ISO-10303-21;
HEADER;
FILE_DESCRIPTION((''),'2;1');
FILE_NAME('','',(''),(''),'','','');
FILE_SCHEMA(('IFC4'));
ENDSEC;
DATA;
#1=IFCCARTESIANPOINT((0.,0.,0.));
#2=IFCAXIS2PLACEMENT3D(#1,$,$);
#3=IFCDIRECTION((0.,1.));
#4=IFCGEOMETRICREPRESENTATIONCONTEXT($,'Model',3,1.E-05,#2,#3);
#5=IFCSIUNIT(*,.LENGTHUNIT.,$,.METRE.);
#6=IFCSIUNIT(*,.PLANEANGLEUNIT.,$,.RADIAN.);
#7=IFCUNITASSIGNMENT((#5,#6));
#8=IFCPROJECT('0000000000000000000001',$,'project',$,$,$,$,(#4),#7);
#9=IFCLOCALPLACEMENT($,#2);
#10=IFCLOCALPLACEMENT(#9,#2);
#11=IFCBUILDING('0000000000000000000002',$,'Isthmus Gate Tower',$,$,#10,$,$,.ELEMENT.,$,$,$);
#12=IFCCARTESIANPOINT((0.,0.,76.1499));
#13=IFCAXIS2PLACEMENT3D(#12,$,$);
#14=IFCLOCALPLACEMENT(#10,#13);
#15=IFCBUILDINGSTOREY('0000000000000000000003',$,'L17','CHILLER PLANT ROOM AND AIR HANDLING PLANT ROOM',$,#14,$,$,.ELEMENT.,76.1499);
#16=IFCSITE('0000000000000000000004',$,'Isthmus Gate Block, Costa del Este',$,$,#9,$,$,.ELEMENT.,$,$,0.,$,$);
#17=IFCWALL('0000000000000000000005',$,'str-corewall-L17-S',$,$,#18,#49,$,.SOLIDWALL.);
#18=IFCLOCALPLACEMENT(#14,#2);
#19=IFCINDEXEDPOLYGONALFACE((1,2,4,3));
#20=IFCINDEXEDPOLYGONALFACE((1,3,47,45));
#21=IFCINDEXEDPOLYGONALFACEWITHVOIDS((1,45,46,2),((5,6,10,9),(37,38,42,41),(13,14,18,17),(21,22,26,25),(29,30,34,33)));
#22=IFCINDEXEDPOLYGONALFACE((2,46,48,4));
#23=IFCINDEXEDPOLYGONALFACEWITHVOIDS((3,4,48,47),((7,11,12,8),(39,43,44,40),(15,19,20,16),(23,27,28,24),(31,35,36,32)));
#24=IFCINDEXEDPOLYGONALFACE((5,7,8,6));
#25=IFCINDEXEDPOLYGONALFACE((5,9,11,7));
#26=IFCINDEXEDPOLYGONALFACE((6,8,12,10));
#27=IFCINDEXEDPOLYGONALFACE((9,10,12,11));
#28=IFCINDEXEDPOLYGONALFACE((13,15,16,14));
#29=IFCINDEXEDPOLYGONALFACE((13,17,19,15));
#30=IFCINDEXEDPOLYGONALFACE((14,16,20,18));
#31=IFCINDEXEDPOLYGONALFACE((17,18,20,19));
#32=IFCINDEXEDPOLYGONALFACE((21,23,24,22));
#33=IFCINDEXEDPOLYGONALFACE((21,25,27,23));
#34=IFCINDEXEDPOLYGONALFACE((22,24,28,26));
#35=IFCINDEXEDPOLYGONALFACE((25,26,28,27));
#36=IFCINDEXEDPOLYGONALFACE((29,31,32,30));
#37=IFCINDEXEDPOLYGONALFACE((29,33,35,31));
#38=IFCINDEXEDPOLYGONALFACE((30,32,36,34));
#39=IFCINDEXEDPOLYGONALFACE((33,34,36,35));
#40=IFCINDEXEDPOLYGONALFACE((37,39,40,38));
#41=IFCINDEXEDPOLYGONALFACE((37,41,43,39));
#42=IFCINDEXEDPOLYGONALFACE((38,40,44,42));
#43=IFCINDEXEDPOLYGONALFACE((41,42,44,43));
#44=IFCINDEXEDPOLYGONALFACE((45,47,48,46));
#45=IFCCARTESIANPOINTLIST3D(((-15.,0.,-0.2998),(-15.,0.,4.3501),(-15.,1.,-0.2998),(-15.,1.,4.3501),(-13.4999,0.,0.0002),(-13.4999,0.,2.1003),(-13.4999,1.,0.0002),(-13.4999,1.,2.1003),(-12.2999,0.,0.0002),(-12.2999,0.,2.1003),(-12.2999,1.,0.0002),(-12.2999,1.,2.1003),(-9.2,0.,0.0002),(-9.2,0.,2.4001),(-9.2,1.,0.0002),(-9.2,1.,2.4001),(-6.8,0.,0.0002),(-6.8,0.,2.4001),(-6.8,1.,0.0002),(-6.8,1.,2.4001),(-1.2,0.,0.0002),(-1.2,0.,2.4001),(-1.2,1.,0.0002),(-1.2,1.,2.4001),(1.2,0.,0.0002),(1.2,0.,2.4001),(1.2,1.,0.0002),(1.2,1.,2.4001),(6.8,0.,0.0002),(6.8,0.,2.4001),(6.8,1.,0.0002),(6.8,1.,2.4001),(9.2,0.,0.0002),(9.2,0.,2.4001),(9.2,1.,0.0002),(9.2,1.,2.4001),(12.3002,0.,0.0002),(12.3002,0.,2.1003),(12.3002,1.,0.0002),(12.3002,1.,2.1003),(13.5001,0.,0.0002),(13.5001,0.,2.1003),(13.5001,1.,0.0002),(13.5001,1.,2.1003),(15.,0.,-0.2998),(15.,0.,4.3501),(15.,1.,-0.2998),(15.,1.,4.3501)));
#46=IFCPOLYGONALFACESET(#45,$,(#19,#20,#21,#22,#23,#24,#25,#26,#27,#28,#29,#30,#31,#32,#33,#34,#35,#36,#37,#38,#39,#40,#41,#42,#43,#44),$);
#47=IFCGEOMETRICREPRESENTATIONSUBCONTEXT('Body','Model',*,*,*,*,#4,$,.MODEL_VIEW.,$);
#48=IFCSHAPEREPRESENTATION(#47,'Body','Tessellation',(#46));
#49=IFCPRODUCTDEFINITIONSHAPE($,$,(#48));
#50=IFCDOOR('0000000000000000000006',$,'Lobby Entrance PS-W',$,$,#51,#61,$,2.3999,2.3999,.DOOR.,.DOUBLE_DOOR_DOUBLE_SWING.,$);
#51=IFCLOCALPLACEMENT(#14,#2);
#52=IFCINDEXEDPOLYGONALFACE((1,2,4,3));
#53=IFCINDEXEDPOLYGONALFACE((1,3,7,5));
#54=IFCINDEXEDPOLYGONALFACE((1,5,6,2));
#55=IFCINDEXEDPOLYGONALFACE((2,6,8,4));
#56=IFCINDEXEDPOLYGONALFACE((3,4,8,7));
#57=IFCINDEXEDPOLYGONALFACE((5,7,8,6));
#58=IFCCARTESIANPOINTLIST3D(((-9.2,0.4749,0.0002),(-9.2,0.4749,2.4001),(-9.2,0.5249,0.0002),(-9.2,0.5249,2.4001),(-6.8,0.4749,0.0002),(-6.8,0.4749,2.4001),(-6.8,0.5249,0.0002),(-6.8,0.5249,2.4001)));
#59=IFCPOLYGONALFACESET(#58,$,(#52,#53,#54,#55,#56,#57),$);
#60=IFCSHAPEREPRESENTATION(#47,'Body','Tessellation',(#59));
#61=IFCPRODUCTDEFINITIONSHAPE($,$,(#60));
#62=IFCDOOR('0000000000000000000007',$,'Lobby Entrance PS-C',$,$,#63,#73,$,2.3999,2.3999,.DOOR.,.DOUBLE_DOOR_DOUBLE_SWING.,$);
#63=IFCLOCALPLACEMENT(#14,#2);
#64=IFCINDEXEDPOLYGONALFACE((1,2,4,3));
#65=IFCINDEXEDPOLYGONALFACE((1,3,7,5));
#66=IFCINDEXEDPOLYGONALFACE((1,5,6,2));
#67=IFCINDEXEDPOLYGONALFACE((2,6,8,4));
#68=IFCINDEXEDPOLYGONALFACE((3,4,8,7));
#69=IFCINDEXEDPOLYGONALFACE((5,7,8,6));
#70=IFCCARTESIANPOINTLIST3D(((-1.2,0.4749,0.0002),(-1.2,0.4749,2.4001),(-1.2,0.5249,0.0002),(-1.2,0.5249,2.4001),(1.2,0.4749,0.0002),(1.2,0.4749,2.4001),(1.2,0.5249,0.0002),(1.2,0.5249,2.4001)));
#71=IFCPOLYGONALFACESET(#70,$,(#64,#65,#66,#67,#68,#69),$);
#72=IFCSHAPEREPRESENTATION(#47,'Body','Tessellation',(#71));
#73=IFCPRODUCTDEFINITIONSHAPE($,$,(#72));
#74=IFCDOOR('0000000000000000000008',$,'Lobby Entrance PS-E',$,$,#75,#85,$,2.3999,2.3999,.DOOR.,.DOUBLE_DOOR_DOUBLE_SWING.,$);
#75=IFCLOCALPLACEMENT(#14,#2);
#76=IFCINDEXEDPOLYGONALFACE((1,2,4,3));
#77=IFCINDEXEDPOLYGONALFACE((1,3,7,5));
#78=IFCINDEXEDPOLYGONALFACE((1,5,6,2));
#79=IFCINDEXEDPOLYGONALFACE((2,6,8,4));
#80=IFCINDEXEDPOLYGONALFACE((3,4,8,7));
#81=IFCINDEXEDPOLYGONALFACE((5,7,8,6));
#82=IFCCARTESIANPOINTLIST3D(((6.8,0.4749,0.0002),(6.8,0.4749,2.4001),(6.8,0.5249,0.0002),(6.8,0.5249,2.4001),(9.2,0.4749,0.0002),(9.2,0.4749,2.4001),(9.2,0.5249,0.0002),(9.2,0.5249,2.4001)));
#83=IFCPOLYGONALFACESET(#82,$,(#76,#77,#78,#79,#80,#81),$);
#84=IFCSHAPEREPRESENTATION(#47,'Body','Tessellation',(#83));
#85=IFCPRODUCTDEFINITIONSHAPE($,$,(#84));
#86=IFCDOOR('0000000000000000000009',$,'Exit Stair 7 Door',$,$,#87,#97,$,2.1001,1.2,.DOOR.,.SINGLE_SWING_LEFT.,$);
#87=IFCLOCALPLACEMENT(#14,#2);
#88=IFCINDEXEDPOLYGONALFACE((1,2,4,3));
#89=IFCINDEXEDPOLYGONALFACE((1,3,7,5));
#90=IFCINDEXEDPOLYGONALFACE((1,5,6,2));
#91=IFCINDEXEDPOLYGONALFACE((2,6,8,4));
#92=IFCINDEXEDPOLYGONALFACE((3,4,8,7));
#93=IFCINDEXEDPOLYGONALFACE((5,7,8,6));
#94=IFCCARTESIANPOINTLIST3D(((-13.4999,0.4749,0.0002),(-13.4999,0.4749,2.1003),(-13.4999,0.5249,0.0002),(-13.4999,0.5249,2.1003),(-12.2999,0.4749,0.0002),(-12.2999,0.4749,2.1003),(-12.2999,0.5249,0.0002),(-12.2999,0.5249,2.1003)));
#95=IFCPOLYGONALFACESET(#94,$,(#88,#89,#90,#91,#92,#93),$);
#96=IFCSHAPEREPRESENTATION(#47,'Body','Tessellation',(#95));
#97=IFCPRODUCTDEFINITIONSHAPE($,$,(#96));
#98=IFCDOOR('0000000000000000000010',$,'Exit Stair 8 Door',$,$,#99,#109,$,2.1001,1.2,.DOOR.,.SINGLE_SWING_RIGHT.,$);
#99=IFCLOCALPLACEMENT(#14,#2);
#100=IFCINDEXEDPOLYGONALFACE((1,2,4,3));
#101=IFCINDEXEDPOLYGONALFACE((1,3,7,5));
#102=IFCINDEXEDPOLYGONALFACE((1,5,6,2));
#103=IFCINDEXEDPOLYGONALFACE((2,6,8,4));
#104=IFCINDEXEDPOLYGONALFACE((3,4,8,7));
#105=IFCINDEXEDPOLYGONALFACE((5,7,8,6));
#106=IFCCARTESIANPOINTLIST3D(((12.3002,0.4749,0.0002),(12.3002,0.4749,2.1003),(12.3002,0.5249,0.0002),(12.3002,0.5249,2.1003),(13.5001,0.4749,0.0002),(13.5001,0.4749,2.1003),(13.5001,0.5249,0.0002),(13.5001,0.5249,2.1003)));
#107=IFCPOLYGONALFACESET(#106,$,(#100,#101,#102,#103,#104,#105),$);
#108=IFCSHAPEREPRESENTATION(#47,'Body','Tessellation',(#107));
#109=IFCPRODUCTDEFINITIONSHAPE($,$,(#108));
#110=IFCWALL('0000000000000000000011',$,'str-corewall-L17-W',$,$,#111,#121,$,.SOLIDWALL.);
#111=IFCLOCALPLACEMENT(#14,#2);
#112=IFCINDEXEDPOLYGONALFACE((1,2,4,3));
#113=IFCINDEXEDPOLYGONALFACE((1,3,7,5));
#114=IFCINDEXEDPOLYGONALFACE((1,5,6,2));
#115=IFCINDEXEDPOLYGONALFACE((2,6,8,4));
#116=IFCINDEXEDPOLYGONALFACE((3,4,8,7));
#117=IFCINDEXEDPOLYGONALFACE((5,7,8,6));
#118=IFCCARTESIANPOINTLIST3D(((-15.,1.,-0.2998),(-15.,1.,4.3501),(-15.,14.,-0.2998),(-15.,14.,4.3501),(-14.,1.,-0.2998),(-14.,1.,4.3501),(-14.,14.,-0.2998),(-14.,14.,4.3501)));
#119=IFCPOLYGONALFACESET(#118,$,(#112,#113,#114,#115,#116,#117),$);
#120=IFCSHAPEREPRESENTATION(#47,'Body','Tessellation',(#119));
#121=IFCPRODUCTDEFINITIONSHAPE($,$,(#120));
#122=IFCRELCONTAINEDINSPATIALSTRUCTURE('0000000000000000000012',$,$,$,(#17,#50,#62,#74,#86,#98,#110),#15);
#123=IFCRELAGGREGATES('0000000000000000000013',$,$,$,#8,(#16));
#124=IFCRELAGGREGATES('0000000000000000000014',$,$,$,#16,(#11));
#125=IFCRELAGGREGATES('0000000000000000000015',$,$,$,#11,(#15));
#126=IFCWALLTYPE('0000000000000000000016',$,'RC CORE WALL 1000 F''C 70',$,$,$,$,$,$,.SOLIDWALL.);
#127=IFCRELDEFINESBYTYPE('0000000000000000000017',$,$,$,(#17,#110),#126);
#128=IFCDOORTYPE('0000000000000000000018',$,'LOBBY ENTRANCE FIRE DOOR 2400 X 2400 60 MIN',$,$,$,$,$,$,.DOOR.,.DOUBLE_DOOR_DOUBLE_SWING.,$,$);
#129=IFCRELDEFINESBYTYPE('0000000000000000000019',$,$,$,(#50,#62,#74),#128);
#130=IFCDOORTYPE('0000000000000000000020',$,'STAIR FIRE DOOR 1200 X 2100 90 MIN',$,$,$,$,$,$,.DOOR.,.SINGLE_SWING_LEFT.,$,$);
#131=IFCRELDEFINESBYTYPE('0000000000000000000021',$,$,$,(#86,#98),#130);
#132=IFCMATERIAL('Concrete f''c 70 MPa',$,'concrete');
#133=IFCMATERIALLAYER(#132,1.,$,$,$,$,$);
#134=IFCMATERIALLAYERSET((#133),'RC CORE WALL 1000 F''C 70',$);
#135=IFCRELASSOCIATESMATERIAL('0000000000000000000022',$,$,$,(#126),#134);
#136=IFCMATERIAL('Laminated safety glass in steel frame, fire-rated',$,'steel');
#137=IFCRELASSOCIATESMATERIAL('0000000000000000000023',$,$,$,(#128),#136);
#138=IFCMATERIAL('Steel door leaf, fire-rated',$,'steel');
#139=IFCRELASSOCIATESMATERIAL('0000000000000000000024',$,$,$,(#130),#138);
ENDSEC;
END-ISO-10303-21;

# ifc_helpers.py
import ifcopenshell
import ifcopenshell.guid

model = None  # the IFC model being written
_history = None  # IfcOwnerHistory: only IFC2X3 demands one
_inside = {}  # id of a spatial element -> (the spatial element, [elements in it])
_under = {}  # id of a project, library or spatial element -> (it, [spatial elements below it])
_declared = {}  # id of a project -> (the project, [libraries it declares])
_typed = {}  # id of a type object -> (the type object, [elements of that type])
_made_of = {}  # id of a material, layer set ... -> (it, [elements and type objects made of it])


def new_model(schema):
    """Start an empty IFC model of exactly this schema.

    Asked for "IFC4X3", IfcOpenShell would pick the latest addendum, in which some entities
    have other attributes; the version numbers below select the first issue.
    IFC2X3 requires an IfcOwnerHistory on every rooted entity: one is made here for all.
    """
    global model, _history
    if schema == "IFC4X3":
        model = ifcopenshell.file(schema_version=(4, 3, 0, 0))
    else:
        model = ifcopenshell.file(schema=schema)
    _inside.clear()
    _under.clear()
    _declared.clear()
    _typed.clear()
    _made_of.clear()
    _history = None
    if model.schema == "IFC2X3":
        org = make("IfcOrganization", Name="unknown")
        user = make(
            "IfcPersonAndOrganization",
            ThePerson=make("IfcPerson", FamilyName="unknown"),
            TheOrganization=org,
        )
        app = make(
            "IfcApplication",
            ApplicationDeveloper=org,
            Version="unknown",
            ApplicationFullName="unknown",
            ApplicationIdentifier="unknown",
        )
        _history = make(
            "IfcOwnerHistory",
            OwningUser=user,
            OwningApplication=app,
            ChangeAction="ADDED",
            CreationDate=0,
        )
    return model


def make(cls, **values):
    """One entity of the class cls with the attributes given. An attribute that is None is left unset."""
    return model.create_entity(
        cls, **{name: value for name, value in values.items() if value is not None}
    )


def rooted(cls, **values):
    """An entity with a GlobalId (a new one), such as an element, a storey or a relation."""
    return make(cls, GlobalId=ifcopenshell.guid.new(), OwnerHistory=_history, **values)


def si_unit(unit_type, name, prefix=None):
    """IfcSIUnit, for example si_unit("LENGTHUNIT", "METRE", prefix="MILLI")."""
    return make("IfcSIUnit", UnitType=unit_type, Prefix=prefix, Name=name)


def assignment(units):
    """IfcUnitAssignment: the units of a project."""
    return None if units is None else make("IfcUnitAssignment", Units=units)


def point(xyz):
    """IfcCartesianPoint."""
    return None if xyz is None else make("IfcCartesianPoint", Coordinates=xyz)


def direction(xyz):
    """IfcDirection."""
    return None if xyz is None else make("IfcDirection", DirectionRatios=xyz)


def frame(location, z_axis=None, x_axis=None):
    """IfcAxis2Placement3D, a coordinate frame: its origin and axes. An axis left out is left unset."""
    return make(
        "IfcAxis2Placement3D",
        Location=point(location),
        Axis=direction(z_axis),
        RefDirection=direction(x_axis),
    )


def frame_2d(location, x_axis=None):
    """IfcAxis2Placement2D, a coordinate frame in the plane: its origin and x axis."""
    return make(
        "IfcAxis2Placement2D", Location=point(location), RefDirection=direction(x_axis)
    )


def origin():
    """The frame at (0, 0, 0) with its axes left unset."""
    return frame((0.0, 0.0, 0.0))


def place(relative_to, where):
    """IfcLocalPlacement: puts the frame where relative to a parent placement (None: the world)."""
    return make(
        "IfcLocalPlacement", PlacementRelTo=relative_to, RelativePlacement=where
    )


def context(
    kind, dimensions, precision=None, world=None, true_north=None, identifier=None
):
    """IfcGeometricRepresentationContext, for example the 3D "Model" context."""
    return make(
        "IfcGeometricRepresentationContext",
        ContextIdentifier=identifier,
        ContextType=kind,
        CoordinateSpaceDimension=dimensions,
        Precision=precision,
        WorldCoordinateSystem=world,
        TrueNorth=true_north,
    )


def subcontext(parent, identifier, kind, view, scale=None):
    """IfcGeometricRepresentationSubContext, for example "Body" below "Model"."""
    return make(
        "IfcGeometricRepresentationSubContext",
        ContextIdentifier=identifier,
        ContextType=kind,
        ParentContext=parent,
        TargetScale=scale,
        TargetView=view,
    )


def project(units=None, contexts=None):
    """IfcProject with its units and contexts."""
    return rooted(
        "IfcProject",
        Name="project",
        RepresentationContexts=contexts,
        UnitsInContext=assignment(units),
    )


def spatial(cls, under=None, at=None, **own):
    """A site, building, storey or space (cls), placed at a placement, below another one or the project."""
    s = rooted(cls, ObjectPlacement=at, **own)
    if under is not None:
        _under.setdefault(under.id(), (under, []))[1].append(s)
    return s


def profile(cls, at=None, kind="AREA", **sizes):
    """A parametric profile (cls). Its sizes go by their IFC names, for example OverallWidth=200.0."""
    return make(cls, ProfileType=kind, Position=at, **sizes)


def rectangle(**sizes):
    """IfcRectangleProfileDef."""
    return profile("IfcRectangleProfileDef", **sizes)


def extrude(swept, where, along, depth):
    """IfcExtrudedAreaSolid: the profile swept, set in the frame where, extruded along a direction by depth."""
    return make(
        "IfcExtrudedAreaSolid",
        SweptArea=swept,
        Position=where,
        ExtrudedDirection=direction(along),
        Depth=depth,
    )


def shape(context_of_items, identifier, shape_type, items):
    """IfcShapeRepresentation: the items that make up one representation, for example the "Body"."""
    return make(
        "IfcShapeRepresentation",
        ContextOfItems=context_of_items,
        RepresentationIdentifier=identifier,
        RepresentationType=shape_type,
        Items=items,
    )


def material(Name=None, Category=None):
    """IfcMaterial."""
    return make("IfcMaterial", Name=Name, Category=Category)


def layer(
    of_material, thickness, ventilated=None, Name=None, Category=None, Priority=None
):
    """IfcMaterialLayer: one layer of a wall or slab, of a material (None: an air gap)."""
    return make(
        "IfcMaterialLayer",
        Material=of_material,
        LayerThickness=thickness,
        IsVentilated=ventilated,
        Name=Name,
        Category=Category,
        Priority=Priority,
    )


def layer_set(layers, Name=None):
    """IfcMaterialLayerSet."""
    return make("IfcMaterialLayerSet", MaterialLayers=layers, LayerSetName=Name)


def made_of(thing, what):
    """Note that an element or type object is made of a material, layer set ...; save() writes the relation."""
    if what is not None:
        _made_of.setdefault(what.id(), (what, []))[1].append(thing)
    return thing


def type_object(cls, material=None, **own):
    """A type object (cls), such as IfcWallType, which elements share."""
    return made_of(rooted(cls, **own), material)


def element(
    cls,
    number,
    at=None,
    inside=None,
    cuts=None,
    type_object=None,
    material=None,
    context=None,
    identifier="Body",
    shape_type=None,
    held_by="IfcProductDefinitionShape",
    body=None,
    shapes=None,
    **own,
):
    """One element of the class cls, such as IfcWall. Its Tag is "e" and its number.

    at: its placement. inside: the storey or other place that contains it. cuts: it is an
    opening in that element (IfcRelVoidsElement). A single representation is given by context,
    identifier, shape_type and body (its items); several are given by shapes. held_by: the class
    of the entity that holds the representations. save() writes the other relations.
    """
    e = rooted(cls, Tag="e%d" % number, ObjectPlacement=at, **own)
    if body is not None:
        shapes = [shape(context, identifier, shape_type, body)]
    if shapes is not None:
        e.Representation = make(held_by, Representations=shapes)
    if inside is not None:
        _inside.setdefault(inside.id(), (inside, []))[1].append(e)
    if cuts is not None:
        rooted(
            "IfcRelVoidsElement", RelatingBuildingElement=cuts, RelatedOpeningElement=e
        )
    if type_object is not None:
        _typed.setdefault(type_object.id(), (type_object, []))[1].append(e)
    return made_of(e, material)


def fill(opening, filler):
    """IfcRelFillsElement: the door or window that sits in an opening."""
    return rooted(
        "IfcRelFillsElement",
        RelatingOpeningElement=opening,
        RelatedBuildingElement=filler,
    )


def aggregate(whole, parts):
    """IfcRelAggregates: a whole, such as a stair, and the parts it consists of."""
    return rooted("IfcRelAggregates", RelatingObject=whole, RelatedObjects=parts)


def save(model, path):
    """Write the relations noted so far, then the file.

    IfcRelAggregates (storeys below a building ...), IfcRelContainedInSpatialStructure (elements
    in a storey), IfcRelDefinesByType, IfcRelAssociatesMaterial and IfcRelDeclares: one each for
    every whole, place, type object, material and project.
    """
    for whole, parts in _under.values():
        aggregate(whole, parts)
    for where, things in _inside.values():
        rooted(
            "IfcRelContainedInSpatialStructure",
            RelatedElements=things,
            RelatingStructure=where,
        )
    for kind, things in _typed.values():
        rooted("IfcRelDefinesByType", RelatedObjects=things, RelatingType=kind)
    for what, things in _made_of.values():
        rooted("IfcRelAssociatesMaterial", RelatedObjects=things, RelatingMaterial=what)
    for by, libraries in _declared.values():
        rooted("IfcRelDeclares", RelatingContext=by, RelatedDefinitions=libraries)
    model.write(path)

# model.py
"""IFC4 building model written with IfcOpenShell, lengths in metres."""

from ifc_helpers import new_model, si_unit, direction, frame, frame_2d, origin, place, context, subcontext, project, spatial, rectangle, extrude, material, layer, layer_set, type_object, element, fill, save


model = new_model("IFC4")

# Units and contexts
model_context = context("Model", 3, precision=1e-05, world=origin(), true_north=direction((0.0, 1.0)))
body_context = subcontext(model_context, "Body", "Model", "MODEL_VIEW")
ifc_project = project(units=[si_unit("LENGTHUNIT", "METRE"), si_unit("PLANEANGLEUNIT", "RADIAN")], contexts=[model_context])

# Site, building, storey
site_placement = place(None, origin())
site = spatial("IfcSite", under=ifc_project, at=site_placement, Name="Isthmus Gate Block, Costa del Este", CompositionType="ELEMENT", RefElevation=0.0)
building_placement = place(site_placement, origin())
building = spatial("IfcBuilding", under=site, at=building_placement, Name="Isthmus Gate Tower", CompositionType="ELEMENT")
storey_placement = place(building_placement, frame((0.0, 0.0, 76.1499)))
storey = spatial("IfcBuildingStorey", under=building, at=storey_placement, Name="L17", Description="CHILLER PLANT ROOM AND AIR HANDLING PLANT ROOM", CompositionType="ELEMENT", Elevation=76.1499)

# Wall, openings, doors
ifc_material_1 = material(Name="Concrete f'c 70 MPa", Category="concrete")
ifc_layer_1 = layer(ifc_material_1, 1.0)
ifc_layer_set_1 = layer_set([ifc_layer_1], Name="RC CORE WALL 1000 F'C 70")
wall_type_1 = type_object("IfcWallType", Name="RC CORE WALL 1000 F'C 70", PredefinedType="SOLIDWALL", material=ifc_layer_set_1)
wall_1_placement = place(storey_placement, frame((-15.0, 0.5, -0.2998), z_axis=(0.0, 0.0, 1.0), x_axis=(1.0, 0.0, 0.0)))
wall_1 = element("IfcWall", 1, at=wall_1_placement, inside=storey, type_object=wall_type_1, Name="str-corewall-L17-S", PredefinedType="SOLIDWALL", context=body_context, shape_type="SweptSolid", body=[
    extrude(rectangle(XDim=30.0, YDim=1.0, at=frame_2d((15.0, 0.0))), origin(), (0.0, 0.0, 1.0), 4.6499),
])
opening_1_placement = place(wall_1_placement, frame((5.8, 0.0, 0.3)))
opening_1 = element("IfcOpeningElement", 2, at=opening_1_placement, cuts=wall_1, PredefinedType="OPENING", context=body_context, shape_type="SweptSolid", body=[
    extrude(rectangle(XDim=2.3999, YDim=2.3999, at=frame_2d((1.2, 1.2))), frame((0.0, 0.51, 0.0), z_axis=(0.0, -1.0, 0.0), x_axis=(1.0, 0.0, 0.0)), (0.0, 0.0, 1.0), 1.02),
])
opening_2_placement = place(wall_1_placement, frame((13.8, 0.0, 0.3)))
opening_2 = element("IfcOpeningElement", 3, at=opening_2_placement, cuts=wall_1, PredefinedType="OPENING", context=body_context, shape_type="SweptSolid", body=[
    extrude(rectangle(XDim=2.3999, YDim=2.3999, at=frame_2d((1.2, 1.2))), frame((0.0, 0.51, 0.0), z_axis=(0.0, -1.0, 0.0), x_axis=(1.0, 0.0, 0.0)), (0.0, 0.0, 1.0), 1.02),
])
opening_3_placement = place(wall_1_placement, frame((21.8, 0.0, 0.3)))
opening_3 = element("IfcOpeningElement", 4, at=opening_3_placement, cuts=wall_1, PredefinedType="OPENING", context=body_context, shape_type="SweptSolid", body=[
    extrude(rectangle(XDim=2.3999, YDim=2.3999, at=frame_2d((1.2, 1.2))), frame((0.0, 0.51, 0.0), z_axis=(0.0, -1.0, 0.0), x_axis=(1.0, 0.0, 0.0)), (0.0, 0.0, 1.0), 1.02),
])
opening_4_placement = place(wall_1_placement, frame((1.5, 0.0, 0.3)))
opening_4 = element("IfcOpeningElement", 5, at=opening_4_placement, cuts=wall_1, PredefinedType="OPENING", context=body_context, shape_type="SweptSolid", body=[
    extrude(rectangle(XDim=1.2, YDim=2.1001, at=frame_2d((0.6001, 1.05))), frame((0.0, 0.51, 0.0), z_axis=(0.0, -1.0, 0.0), x_axis=(1.0, 0.0, 0.0)), (0.0, 0.0, 1.0), 1.02),
])
opening_5_placement = place(wall_1_placement, frame((27.3, 0.0, 0.3)))
opening_5 = element("IfcOpeningElement", 6, at=opening_5_placement, cuts=wall_1, PredefinedType="OPENING", context=body_context, shape_type="SweptSolid", body=[
    extrude(rectangle(XDim=1.2, YDim=2.1001, at=frame_2d((0.6001, 1.05))), frame((0.0, 0.51, 0.0), z_axis=(0.0, -1.0, 0.0), x_axis=(1.0, 0.0, 0.0)), (0.0, 0.0, 1.0), 1.02),
])
ifc_material_2 = material(Name="Laminated safety glass in steel frame, fire-rated", Category="steel")
door_type_1 = type_object("IfcDoorType", Name="LOBBY ENTRANCE FIRE DOOR 2400 X 2400 60 MIN", OperationType="DOUBLE_DOOR_DOUBLE_SWING", PredefinedType="DOOR", material=ifc_material_2)
door_1_placement = place(opening_1_placement, origin())
door_1 = element("IfcDoor", 7, at=door_1_placement, inside=storey, type_object=door_type_1, Name="Lobby Entrance PS-W", OperationType="DOUBLE_DOOR_DOUBLE_SWING", OverallHeight=2.3999, OverallWidth=2.3999, PredefinedType="DOOR", context=body_context, shape_type="SweptSolid", body=[
    extrude(rectangle(XDim=2.3999, YDim=2.3999, at=frame_2d((1.2, 1.2))), frame((0.0, 0.0249, 0.0), z_axis=(0.0, -1.0, 0.0), x_axis=(1.0, 0.0, 0.0)), (0.0, 0.0, 1.0), 0.05),
])
fill(opening_1, door_1)
door_2_placement = place(opening_2_placement, origin())
door_2 = element("IfcDoor", 8, at=door_2_placement, inside=storey, type_object=door_type_1, Name="Lobby Entrance PS-C", OperationType="DOUBLE_DOOR_DOUBLE_SWING", OverallHeight=2.3999, OverallWidth=2.3999, PredefinedType="DOOR", context=body_context, shape_type="SweptSolid", body=[
    extrude(rectangle(XDim=2.3999, YDim=2.3999, at=frame_2d((1.2, 1.2))), frame((0.0, 0.0249, 0.0), z_axis=(0.0, -1.0, 0.0), x_axis=(1.0, 0.0, 0.0)), (0.0, 0.0, 1.0), 0.05),
])
fill(opening_2, door_2)
door_3_placement = place(opening_3_placement, origin())
door_3 = element("IfcDoor", 9, at=door_3_placement, inside=storey, type_object=door_type_1, Name="Lobby Entrance PS-E", OperationType="DOUBLE_DOOR_DOUBLE_SWING", OverallHeight=2.3999, OverallWidth=2.3999, PredefinedType="DOOR", context=body_context, shape_type="SweptSolid", body=[
    extrude(rectangle(XDim=2.3999, YDim=2.3999, at=frame_2d((1.2, 1.2))), frame((0.0, 0.0249, 0.0), z_axis=(0.0, -1.0, 0.0), x_axis=(1.0, 0.0, 0.0)), (0.0, 0.0, 1.0), 0.05),
])
fill(opening_3, door_3)
ifc_material_3 = material(Name="Steel door leaf, fire-rated", Category="steel")
door_type_2 = type_object("IfcDoorType", Name="STAIR FIRE DOOR 1200 X 2100 90 MIN", OperationType="SINGLE_SWING_LEFT", PredefinedType="DOOR", material=ifc_material_3)
door_4_placement = place(opening_4_placement, origin())
door_4 = element("IfcDoor", 10, at=door_4_placement, inside=storey, type_object=door_type_2, Name="Exit Stair 7 Door", OperationType="SINGLE_SWING_LEFT", OverallHeight=2.1001, OverallWidth=1.2, PredefinedType="DOOR", context=body_context, shape_type="SweptSolid", body=[
    extrude(rectangle(XDim=1.2, YDim=2.1001, at=frame_2d((0.6001, 1.05))), frame((0.0, 0.0249, 0.0), z_axis=(0.0, -1.0, 0.0), x_axis=(1.0, 0.0, 0.0)), (0.0, 0.0, 1.0), 0.05),
])
fill(opening_4, door_4)
door_5_placement = place(opening_5_placement, origin())
door_5 = element("IfcDoor", 11, at=door_5_placement, inside=storey, type_object=door_type_2, Name="Exit Stair 8 Door", OperationType="SINGLE_SWING_RIGHT", OverallHeight=2.1001, OverallWidth=1.2, PredefinedType="DOOR", context=body_context, shape_type="SweptSolid", body=[
    extrude(rectangle(XDim=1.2, YDim=2.1001, at=frame_2d((0.6001, 1.05))), frame((0.0, 0.0249, 0.0), z_axis=(0.0, -1.0, 0.0), x_axis=(1.0, 0.0, 0.0)), (0.0, 0.0, 1.0), 0.05),
])
fill(opening_5, door_5)

# Wall
wall_2_placement = place(storey_placement, frame((-14.5, 1.0, -0.2998), z_axis=(0.0, 0.0, 1.0), x_axis=(0.0, 1.0, 0.0)))
element("IfcWall", 12, at=wall_2_placement, inside=storey, type_object=wall_type_1, Name="str-corewall-L17-W", PredefinedType="SOLIDWALL", context=body_context, shape_type="SweptSolid", body=[
    extrude(rectangle(XDim=13.0, YDim=1.0, at=frame_2d((6.5, 0.0))), origin(), (0.0, 0.0, 1.0), 4.6499),
])

save(model, "model.ifc")
